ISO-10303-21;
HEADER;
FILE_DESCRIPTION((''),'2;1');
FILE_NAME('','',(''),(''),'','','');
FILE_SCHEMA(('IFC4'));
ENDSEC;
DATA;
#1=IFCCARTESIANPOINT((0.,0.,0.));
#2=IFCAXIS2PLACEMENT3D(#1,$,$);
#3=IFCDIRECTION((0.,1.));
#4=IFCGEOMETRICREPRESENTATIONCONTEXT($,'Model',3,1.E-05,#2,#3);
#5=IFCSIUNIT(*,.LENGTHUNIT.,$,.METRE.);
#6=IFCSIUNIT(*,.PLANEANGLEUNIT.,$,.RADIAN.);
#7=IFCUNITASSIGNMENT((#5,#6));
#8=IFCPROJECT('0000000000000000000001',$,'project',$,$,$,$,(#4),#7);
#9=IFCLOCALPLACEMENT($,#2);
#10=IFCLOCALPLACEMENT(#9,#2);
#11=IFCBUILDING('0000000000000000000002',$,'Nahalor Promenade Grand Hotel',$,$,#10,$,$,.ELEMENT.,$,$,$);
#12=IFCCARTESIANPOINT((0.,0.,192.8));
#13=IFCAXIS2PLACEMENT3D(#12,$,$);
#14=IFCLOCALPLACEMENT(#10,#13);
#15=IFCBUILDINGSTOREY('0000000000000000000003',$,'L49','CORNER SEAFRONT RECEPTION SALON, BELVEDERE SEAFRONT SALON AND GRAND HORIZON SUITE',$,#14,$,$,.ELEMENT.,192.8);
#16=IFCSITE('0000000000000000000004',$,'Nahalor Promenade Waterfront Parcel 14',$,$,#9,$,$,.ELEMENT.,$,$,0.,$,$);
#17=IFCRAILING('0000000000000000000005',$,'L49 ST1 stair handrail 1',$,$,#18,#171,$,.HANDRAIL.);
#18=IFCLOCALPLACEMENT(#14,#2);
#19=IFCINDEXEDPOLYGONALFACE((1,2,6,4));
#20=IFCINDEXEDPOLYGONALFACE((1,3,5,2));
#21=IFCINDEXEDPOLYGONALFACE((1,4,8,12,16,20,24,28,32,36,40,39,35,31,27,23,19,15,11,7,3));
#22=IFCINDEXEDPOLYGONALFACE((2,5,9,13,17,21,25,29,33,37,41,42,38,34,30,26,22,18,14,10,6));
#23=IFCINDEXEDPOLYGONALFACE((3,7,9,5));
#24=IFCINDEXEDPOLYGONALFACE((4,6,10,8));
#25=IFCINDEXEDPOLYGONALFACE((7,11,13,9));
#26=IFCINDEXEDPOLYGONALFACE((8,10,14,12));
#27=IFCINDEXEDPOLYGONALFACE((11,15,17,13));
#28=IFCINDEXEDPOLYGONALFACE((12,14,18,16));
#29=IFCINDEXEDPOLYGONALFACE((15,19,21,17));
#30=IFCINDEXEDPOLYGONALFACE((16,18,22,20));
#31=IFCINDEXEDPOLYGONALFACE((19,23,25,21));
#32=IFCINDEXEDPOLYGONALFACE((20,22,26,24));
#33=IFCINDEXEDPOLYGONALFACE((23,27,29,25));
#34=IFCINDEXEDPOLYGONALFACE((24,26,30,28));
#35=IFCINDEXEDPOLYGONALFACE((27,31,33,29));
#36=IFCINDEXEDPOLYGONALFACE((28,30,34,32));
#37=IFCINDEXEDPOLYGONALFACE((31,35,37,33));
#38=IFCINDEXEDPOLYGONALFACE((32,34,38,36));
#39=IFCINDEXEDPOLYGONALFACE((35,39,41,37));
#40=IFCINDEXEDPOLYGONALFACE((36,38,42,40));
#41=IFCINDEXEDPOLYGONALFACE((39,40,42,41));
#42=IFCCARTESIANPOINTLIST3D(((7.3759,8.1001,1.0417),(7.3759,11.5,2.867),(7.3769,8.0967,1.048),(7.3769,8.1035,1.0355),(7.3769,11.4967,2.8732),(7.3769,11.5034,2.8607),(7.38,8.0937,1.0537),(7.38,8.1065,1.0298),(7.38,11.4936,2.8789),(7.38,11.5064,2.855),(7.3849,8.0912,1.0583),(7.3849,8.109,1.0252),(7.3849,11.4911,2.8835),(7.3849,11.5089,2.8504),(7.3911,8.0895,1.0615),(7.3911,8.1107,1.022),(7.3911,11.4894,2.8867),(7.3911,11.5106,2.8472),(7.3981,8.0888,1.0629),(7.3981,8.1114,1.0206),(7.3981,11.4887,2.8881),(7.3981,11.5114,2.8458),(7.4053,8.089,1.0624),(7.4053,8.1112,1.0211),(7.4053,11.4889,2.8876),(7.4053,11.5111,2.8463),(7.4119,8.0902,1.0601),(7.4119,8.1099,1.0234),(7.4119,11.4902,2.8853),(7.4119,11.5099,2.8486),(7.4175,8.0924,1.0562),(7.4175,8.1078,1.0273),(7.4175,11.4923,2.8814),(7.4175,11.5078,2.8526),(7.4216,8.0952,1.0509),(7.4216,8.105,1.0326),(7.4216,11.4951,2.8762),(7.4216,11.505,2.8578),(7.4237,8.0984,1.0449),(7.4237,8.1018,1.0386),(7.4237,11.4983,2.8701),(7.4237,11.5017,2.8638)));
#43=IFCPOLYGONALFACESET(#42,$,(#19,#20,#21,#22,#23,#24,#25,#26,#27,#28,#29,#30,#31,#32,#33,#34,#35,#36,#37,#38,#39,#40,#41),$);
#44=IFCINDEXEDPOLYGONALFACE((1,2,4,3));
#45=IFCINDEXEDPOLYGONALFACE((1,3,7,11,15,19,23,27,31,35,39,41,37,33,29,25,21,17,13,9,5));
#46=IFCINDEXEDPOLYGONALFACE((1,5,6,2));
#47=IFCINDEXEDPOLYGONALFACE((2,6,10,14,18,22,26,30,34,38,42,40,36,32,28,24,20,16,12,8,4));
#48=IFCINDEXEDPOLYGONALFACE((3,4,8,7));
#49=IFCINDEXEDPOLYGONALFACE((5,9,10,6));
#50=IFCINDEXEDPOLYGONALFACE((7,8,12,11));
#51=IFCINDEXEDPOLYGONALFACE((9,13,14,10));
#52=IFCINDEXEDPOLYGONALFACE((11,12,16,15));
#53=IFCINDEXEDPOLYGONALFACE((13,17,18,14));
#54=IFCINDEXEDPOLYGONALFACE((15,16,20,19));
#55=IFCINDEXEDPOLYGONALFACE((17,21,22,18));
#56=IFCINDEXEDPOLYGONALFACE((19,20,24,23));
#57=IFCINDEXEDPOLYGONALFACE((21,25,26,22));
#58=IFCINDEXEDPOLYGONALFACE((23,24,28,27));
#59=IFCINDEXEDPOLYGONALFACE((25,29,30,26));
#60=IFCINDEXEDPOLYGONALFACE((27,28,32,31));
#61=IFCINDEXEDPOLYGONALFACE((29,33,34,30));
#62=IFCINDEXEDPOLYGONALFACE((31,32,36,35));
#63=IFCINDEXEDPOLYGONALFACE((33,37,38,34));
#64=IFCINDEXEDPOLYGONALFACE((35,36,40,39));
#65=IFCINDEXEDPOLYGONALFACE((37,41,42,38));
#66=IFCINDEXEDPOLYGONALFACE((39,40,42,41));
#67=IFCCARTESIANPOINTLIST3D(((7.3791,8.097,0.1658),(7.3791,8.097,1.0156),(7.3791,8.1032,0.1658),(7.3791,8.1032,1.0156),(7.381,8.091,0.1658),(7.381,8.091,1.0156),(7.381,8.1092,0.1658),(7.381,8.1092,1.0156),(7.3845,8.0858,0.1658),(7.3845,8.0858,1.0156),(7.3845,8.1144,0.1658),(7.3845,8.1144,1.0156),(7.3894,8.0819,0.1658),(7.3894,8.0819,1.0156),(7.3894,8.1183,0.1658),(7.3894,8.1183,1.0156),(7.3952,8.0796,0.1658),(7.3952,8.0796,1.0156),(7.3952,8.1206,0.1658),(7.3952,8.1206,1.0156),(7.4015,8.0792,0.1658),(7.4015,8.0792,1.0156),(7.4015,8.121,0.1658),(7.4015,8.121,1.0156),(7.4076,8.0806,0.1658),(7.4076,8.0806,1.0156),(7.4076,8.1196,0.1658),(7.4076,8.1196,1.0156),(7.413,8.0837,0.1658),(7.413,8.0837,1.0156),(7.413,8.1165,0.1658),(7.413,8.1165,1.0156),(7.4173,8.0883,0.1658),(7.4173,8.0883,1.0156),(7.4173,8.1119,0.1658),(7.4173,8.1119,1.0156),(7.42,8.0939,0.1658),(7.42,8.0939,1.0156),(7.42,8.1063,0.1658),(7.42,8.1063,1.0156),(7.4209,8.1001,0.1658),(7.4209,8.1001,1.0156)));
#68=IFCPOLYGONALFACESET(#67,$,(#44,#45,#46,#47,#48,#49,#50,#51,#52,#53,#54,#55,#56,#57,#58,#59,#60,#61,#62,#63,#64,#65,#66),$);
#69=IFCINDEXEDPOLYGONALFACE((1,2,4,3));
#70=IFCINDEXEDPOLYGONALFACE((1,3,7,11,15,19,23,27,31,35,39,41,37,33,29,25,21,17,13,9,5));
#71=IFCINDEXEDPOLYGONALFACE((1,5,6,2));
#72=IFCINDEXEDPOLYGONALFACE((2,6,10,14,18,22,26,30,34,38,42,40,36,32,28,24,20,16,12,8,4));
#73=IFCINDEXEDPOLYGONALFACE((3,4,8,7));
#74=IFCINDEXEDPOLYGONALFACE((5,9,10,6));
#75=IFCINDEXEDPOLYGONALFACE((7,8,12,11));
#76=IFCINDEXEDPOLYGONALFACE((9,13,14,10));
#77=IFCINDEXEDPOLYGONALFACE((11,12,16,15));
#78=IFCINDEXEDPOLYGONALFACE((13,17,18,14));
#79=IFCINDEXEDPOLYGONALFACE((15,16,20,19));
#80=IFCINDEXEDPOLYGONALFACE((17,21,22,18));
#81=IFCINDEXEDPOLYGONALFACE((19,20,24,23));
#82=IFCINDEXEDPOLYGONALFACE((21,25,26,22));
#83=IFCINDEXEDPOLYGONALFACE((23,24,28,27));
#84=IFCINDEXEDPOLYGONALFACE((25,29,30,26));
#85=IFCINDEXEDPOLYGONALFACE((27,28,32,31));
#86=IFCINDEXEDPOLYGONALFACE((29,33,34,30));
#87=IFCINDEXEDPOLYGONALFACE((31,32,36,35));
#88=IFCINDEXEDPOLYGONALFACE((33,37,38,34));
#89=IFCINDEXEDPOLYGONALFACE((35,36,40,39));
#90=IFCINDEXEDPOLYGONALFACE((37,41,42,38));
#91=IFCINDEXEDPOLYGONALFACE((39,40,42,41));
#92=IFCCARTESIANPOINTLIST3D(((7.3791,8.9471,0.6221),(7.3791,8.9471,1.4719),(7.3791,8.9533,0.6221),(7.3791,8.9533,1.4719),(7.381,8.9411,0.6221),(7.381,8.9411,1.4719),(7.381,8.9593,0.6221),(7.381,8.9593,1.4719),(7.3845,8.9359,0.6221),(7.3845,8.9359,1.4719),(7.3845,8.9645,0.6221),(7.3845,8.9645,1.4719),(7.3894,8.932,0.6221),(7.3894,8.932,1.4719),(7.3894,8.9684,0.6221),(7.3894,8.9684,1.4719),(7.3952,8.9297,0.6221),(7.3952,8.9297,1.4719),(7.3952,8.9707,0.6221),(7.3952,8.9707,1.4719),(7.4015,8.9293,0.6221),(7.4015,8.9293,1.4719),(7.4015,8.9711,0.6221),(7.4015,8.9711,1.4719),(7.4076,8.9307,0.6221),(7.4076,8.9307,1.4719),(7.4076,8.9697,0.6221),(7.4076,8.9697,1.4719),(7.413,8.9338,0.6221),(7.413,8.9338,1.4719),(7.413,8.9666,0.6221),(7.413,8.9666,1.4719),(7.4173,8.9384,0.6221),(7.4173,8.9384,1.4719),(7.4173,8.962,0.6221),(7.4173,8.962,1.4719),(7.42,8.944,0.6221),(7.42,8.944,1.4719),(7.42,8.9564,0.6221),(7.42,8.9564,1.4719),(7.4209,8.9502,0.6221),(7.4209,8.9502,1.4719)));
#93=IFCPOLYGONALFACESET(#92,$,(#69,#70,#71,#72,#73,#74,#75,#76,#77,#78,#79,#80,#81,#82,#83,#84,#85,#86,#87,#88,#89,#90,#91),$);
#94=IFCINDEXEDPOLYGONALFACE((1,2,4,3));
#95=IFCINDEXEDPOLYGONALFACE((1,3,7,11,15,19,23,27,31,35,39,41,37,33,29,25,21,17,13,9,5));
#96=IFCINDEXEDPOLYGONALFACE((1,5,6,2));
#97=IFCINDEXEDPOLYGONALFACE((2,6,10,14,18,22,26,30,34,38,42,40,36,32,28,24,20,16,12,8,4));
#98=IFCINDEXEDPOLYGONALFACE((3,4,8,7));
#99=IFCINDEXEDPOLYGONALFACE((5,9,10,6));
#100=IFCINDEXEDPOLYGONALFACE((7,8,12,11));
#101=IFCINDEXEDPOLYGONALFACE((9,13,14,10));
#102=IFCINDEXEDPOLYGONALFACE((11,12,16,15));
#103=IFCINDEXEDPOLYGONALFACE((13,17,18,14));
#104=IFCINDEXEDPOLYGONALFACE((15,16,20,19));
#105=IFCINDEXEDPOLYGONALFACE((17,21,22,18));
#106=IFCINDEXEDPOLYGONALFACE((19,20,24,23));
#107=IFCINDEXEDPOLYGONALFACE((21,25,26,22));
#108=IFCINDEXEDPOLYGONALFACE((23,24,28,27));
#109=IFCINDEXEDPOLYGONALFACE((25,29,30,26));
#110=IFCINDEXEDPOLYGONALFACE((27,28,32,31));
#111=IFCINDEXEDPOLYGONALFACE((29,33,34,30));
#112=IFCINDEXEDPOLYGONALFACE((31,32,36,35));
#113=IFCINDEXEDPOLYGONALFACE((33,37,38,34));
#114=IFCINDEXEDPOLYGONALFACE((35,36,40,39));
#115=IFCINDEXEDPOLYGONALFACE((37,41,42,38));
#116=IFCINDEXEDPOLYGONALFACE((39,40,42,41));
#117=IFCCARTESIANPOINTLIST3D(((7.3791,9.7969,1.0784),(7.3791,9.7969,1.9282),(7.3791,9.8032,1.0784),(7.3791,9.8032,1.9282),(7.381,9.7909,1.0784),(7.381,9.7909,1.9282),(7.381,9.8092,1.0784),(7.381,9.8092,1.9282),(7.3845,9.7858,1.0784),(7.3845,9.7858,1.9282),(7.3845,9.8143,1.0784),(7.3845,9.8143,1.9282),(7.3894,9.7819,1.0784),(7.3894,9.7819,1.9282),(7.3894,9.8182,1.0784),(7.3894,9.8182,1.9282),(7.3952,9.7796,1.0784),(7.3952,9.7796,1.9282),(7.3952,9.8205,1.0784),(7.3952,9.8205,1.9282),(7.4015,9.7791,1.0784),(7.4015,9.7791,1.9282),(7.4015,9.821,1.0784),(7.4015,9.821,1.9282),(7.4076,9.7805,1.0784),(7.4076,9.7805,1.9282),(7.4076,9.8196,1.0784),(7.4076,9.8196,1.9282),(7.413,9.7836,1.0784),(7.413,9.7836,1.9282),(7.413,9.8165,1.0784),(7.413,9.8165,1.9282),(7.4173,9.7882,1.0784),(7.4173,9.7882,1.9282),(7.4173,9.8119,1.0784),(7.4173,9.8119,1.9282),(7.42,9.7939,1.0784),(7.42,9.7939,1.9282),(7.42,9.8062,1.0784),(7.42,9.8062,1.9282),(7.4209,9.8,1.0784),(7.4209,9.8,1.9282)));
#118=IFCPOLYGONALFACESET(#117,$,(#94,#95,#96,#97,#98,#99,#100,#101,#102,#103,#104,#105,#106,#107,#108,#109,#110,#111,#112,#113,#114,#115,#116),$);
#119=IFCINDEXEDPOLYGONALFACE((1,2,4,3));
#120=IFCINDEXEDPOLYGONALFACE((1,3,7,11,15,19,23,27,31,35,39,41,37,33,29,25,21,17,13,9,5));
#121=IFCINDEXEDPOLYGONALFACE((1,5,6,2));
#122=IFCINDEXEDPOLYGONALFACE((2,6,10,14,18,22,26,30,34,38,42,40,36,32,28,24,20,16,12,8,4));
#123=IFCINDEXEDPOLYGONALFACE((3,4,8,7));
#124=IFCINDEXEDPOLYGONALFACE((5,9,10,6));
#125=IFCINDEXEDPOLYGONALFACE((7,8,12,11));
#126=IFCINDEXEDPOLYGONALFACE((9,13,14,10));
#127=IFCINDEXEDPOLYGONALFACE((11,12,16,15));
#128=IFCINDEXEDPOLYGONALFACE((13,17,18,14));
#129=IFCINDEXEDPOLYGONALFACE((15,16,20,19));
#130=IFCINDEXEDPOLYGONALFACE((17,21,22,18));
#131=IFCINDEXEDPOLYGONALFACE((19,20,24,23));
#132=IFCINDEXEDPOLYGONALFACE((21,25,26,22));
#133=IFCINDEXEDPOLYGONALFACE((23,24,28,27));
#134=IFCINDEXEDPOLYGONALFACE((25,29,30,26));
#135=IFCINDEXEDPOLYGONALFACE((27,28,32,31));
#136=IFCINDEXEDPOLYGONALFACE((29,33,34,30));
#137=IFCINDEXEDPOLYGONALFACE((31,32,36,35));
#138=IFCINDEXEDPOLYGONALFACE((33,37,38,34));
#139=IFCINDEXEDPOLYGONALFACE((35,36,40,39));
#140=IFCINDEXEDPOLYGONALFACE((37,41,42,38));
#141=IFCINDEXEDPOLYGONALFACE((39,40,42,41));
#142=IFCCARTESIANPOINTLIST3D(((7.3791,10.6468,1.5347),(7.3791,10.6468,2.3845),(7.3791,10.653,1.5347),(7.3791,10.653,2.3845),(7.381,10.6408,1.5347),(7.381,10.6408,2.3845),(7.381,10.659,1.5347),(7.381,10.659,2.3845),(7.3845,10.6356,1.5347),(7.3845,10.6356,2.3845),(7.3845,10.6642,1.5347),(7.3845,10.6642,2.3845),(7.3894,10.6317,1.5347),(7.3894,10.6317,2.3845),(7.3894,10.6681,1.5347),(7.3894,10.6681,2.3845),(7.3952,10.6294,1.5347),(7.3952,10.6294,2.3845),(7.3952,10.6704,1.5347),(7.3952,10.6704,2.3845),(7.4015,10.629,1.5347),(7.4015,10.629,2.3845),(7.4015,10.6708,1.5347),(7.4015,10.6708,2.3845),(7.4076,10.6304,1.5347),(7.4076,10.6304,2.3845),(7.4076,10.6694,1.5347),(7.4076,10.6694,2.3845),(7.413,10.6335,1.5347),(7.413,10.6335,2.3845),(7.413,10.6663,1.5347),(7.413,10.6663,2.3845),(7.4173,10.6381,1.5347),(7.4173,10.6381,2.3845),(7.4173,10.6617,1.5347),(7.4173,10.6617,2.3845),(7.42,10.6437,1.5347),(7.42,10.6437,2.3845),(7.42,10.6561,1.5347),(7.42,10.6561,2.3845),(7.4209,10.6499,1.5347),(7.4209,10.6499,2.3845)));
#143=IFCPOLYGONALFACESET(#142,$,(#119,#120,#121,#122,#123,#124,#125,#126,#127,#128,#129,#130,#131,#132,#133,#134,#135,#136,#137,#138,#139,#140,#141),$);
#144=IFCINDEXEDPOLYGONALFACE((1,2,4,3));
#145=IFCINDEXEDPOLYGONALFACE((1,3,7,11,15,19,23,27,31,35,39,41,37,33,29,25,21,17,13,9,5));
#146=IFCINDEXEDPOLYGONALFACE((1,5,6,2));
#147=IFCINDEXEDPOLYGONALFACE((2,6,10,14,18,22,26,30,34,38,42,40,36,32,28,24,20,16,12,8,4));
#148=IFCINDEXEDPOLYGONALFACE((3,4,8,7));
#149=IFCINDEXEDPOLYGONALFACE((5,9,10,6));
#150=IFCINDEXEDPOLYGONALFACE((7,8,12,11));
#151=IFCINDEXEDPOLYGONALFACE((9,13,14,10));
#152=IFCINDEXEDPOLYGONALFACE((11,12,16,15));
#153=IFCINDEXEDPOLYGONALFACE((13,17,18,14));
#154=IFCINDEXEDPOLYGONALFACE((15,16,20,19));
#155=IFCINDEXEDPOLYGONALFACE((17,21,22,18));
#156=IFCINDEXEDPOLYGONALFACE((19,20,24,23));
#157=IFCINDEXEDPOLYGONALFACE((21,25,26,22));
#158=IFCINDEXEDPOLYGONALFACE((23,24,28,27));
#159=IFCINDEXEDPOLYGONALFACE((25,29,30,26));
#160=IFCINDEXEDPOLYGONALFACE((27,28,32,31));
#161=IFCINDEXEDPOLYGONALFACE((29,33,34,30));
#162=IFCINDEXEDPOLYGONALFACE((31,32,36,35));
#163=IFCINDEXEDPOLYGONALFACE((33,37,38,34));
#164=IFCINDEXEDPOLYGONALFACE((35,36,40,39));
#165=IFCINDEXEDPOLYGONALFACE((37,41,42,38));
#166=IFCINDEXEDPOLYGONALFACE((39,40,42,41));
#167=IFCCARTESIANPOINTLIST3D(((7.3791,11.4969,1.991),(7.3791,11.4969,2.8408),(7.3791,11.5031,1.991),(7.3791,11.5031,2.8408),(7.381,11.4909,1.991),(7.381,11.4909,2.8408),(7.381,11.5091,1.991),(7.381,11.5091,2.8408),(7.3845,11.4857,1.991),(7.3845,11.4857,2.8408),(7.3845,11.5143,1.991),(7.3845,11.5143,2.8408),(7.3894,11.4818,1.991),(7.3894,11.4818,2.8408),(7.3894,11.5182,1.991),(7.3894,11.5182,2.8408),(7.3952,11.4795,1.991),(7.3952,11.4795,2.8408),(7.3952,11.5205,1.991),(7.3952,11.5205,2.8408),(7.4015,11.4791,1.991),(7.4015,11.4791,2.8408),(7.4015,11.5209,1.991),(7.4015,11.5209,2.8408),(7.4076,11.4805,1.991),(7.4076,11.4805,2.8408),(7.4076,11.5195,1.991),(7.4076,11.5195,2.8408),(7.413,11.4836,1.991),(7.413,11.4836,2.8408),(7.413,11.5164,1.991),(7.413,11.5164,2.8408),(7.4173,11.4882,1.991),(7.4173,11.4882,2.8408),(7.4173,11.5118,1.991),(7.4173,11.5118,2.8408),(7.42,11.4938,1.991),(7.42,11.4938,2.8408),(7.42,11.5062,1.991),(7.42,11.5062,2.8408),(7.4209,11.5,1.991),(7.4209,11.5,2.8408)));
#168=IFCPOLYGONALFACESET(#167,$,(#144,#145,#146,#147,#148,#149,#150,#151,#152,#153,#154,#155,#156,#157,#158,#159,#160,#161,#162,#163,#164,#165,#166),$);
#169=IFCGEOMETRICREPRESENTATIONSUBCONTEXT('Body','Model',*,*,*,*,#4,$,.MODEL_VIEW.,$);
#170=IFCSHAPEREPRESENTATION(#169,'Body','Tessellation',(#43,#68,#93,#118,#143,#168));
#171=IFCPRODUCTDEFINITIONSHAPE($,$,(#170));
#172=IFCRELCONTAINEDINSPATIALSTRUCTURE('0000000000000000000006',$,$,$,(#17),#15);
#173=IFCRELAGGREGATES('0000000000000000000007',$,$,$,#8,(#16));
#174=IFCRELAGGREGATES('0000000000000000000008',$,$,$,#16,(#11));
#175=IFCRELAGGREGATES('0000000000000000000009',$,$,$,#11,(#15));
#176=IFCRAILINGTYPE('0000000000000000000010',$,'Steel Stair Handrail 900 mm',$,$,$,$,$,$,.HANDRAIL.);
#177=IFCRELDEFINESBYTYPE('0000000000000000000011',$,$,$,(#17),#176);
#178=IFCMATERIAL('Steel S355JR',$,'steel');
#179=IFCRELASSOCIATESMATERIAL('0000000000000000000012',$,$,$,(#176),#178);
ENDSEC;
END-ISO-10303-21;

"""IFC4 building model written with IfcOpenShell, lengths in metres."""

from ifc_helpers import new_model, si_unit, direction, frame, origin, origin_2d, place, context, subcontext, project, spatial, circle, extrude, material, type_object, element, save


model = new_model("IFC4")

# Units and contexts
model_context = context("Model", 3, precision=1e-05, world=origin(), true_north=direction((0.0, 1.0)))
body_context = subcontext(model_context, "Body", "Model", "MODEL_VIEW")
ifc_project = project(units=[si_unit("LENGTHUNIT", "METRE"), si_unit("PLANEANGLEUNIT", "RADIAN")], contexts=[model_context])

# Site, building, storey
site_placement = place(None, origin())
site = spatial("IfcSite", under=ifc_project, at=site_placement, Name="Nahalor Promenade Waterfront Parcel 14", CompositionType="ELEMENT", RefElevation=0.0)
building_placement = place(site_placement, origin())
building = spatial("IfcBuilding", under=site, at=building_placement, Name="Nahalor Promenade Grand Hotel", CompositionType="ELEMENT")
storey_placement = place(building_placement, frame((0.0, 0.0, 192.8)))
storey = spatial("IfcBuildingStorey", under=building, at=storey_placement, Name="L49", Description="CORNER SEAFRONT RECEPTION SALON, BELVEDERE SEAFRONT SALON AND GRAND HORIZON SUITE", CompositionType="ELEMENT", Elevation=192.8)

# Shared definitions
ifc_material_1 = material(Name="Steel S355JR", Category="steel")

# Railing
railing_type_1 = type_object("IfcRailingType", Name="Steel Stair Handrail 900 mm", PredefinedType="HANDRAIL", material=ifc_material_1)
railing_1_placement = place(storey_placement, frame((7.3999, 8.1001, 0.1658)))
element("IfcRailing", 1, at=railing_1_placement, inside=storey, type_object=railing_type_1, Name="L49 ST1 stair handrail 1", PredefinedType="HANDRAIL", context=body_context, shape_type="SweptSolid", body=[
    extrude(circle(Radius=0.024, at=origin_2d()), frame((0.0, 0.0, 0.876), z_axis=(0.0, 0.881068, 0.47299), x_axis=(-1.0, 0.0, 0.0)), (0.0, 0.0, 1.0), 3.8589),
    extrude(circle(Radius=0.021, at=origin_2d()), origin(), (0.0, 0.0, 1.0), 0.8499),
    extrude(circle(Radius=0.021, at=origin_2d()), frame((0.0, 0.8501, 0.4563)), (0.0, 0.0, 1.0), 0.8499),
    extrude(circle(Radius=0.021, at=origin_2d()), frame((0.0, 1.7, 0.9126)), (0.0, 0.0, 1.0), 0.8499),
    extrude(circle(Radius=0.021, at=origin_2d()), frame((0.0, 2.5498, 1.3689)), (0.0, 0.0, 1.0), 0.8499),
    extrude(circle(Radius=0.021, at=origin_2d()), frame((0.0, 3.3999, 1.8252)), (0.0, 0.0, 1.0), 0.8499),
])

save(model, "model.ifc")
